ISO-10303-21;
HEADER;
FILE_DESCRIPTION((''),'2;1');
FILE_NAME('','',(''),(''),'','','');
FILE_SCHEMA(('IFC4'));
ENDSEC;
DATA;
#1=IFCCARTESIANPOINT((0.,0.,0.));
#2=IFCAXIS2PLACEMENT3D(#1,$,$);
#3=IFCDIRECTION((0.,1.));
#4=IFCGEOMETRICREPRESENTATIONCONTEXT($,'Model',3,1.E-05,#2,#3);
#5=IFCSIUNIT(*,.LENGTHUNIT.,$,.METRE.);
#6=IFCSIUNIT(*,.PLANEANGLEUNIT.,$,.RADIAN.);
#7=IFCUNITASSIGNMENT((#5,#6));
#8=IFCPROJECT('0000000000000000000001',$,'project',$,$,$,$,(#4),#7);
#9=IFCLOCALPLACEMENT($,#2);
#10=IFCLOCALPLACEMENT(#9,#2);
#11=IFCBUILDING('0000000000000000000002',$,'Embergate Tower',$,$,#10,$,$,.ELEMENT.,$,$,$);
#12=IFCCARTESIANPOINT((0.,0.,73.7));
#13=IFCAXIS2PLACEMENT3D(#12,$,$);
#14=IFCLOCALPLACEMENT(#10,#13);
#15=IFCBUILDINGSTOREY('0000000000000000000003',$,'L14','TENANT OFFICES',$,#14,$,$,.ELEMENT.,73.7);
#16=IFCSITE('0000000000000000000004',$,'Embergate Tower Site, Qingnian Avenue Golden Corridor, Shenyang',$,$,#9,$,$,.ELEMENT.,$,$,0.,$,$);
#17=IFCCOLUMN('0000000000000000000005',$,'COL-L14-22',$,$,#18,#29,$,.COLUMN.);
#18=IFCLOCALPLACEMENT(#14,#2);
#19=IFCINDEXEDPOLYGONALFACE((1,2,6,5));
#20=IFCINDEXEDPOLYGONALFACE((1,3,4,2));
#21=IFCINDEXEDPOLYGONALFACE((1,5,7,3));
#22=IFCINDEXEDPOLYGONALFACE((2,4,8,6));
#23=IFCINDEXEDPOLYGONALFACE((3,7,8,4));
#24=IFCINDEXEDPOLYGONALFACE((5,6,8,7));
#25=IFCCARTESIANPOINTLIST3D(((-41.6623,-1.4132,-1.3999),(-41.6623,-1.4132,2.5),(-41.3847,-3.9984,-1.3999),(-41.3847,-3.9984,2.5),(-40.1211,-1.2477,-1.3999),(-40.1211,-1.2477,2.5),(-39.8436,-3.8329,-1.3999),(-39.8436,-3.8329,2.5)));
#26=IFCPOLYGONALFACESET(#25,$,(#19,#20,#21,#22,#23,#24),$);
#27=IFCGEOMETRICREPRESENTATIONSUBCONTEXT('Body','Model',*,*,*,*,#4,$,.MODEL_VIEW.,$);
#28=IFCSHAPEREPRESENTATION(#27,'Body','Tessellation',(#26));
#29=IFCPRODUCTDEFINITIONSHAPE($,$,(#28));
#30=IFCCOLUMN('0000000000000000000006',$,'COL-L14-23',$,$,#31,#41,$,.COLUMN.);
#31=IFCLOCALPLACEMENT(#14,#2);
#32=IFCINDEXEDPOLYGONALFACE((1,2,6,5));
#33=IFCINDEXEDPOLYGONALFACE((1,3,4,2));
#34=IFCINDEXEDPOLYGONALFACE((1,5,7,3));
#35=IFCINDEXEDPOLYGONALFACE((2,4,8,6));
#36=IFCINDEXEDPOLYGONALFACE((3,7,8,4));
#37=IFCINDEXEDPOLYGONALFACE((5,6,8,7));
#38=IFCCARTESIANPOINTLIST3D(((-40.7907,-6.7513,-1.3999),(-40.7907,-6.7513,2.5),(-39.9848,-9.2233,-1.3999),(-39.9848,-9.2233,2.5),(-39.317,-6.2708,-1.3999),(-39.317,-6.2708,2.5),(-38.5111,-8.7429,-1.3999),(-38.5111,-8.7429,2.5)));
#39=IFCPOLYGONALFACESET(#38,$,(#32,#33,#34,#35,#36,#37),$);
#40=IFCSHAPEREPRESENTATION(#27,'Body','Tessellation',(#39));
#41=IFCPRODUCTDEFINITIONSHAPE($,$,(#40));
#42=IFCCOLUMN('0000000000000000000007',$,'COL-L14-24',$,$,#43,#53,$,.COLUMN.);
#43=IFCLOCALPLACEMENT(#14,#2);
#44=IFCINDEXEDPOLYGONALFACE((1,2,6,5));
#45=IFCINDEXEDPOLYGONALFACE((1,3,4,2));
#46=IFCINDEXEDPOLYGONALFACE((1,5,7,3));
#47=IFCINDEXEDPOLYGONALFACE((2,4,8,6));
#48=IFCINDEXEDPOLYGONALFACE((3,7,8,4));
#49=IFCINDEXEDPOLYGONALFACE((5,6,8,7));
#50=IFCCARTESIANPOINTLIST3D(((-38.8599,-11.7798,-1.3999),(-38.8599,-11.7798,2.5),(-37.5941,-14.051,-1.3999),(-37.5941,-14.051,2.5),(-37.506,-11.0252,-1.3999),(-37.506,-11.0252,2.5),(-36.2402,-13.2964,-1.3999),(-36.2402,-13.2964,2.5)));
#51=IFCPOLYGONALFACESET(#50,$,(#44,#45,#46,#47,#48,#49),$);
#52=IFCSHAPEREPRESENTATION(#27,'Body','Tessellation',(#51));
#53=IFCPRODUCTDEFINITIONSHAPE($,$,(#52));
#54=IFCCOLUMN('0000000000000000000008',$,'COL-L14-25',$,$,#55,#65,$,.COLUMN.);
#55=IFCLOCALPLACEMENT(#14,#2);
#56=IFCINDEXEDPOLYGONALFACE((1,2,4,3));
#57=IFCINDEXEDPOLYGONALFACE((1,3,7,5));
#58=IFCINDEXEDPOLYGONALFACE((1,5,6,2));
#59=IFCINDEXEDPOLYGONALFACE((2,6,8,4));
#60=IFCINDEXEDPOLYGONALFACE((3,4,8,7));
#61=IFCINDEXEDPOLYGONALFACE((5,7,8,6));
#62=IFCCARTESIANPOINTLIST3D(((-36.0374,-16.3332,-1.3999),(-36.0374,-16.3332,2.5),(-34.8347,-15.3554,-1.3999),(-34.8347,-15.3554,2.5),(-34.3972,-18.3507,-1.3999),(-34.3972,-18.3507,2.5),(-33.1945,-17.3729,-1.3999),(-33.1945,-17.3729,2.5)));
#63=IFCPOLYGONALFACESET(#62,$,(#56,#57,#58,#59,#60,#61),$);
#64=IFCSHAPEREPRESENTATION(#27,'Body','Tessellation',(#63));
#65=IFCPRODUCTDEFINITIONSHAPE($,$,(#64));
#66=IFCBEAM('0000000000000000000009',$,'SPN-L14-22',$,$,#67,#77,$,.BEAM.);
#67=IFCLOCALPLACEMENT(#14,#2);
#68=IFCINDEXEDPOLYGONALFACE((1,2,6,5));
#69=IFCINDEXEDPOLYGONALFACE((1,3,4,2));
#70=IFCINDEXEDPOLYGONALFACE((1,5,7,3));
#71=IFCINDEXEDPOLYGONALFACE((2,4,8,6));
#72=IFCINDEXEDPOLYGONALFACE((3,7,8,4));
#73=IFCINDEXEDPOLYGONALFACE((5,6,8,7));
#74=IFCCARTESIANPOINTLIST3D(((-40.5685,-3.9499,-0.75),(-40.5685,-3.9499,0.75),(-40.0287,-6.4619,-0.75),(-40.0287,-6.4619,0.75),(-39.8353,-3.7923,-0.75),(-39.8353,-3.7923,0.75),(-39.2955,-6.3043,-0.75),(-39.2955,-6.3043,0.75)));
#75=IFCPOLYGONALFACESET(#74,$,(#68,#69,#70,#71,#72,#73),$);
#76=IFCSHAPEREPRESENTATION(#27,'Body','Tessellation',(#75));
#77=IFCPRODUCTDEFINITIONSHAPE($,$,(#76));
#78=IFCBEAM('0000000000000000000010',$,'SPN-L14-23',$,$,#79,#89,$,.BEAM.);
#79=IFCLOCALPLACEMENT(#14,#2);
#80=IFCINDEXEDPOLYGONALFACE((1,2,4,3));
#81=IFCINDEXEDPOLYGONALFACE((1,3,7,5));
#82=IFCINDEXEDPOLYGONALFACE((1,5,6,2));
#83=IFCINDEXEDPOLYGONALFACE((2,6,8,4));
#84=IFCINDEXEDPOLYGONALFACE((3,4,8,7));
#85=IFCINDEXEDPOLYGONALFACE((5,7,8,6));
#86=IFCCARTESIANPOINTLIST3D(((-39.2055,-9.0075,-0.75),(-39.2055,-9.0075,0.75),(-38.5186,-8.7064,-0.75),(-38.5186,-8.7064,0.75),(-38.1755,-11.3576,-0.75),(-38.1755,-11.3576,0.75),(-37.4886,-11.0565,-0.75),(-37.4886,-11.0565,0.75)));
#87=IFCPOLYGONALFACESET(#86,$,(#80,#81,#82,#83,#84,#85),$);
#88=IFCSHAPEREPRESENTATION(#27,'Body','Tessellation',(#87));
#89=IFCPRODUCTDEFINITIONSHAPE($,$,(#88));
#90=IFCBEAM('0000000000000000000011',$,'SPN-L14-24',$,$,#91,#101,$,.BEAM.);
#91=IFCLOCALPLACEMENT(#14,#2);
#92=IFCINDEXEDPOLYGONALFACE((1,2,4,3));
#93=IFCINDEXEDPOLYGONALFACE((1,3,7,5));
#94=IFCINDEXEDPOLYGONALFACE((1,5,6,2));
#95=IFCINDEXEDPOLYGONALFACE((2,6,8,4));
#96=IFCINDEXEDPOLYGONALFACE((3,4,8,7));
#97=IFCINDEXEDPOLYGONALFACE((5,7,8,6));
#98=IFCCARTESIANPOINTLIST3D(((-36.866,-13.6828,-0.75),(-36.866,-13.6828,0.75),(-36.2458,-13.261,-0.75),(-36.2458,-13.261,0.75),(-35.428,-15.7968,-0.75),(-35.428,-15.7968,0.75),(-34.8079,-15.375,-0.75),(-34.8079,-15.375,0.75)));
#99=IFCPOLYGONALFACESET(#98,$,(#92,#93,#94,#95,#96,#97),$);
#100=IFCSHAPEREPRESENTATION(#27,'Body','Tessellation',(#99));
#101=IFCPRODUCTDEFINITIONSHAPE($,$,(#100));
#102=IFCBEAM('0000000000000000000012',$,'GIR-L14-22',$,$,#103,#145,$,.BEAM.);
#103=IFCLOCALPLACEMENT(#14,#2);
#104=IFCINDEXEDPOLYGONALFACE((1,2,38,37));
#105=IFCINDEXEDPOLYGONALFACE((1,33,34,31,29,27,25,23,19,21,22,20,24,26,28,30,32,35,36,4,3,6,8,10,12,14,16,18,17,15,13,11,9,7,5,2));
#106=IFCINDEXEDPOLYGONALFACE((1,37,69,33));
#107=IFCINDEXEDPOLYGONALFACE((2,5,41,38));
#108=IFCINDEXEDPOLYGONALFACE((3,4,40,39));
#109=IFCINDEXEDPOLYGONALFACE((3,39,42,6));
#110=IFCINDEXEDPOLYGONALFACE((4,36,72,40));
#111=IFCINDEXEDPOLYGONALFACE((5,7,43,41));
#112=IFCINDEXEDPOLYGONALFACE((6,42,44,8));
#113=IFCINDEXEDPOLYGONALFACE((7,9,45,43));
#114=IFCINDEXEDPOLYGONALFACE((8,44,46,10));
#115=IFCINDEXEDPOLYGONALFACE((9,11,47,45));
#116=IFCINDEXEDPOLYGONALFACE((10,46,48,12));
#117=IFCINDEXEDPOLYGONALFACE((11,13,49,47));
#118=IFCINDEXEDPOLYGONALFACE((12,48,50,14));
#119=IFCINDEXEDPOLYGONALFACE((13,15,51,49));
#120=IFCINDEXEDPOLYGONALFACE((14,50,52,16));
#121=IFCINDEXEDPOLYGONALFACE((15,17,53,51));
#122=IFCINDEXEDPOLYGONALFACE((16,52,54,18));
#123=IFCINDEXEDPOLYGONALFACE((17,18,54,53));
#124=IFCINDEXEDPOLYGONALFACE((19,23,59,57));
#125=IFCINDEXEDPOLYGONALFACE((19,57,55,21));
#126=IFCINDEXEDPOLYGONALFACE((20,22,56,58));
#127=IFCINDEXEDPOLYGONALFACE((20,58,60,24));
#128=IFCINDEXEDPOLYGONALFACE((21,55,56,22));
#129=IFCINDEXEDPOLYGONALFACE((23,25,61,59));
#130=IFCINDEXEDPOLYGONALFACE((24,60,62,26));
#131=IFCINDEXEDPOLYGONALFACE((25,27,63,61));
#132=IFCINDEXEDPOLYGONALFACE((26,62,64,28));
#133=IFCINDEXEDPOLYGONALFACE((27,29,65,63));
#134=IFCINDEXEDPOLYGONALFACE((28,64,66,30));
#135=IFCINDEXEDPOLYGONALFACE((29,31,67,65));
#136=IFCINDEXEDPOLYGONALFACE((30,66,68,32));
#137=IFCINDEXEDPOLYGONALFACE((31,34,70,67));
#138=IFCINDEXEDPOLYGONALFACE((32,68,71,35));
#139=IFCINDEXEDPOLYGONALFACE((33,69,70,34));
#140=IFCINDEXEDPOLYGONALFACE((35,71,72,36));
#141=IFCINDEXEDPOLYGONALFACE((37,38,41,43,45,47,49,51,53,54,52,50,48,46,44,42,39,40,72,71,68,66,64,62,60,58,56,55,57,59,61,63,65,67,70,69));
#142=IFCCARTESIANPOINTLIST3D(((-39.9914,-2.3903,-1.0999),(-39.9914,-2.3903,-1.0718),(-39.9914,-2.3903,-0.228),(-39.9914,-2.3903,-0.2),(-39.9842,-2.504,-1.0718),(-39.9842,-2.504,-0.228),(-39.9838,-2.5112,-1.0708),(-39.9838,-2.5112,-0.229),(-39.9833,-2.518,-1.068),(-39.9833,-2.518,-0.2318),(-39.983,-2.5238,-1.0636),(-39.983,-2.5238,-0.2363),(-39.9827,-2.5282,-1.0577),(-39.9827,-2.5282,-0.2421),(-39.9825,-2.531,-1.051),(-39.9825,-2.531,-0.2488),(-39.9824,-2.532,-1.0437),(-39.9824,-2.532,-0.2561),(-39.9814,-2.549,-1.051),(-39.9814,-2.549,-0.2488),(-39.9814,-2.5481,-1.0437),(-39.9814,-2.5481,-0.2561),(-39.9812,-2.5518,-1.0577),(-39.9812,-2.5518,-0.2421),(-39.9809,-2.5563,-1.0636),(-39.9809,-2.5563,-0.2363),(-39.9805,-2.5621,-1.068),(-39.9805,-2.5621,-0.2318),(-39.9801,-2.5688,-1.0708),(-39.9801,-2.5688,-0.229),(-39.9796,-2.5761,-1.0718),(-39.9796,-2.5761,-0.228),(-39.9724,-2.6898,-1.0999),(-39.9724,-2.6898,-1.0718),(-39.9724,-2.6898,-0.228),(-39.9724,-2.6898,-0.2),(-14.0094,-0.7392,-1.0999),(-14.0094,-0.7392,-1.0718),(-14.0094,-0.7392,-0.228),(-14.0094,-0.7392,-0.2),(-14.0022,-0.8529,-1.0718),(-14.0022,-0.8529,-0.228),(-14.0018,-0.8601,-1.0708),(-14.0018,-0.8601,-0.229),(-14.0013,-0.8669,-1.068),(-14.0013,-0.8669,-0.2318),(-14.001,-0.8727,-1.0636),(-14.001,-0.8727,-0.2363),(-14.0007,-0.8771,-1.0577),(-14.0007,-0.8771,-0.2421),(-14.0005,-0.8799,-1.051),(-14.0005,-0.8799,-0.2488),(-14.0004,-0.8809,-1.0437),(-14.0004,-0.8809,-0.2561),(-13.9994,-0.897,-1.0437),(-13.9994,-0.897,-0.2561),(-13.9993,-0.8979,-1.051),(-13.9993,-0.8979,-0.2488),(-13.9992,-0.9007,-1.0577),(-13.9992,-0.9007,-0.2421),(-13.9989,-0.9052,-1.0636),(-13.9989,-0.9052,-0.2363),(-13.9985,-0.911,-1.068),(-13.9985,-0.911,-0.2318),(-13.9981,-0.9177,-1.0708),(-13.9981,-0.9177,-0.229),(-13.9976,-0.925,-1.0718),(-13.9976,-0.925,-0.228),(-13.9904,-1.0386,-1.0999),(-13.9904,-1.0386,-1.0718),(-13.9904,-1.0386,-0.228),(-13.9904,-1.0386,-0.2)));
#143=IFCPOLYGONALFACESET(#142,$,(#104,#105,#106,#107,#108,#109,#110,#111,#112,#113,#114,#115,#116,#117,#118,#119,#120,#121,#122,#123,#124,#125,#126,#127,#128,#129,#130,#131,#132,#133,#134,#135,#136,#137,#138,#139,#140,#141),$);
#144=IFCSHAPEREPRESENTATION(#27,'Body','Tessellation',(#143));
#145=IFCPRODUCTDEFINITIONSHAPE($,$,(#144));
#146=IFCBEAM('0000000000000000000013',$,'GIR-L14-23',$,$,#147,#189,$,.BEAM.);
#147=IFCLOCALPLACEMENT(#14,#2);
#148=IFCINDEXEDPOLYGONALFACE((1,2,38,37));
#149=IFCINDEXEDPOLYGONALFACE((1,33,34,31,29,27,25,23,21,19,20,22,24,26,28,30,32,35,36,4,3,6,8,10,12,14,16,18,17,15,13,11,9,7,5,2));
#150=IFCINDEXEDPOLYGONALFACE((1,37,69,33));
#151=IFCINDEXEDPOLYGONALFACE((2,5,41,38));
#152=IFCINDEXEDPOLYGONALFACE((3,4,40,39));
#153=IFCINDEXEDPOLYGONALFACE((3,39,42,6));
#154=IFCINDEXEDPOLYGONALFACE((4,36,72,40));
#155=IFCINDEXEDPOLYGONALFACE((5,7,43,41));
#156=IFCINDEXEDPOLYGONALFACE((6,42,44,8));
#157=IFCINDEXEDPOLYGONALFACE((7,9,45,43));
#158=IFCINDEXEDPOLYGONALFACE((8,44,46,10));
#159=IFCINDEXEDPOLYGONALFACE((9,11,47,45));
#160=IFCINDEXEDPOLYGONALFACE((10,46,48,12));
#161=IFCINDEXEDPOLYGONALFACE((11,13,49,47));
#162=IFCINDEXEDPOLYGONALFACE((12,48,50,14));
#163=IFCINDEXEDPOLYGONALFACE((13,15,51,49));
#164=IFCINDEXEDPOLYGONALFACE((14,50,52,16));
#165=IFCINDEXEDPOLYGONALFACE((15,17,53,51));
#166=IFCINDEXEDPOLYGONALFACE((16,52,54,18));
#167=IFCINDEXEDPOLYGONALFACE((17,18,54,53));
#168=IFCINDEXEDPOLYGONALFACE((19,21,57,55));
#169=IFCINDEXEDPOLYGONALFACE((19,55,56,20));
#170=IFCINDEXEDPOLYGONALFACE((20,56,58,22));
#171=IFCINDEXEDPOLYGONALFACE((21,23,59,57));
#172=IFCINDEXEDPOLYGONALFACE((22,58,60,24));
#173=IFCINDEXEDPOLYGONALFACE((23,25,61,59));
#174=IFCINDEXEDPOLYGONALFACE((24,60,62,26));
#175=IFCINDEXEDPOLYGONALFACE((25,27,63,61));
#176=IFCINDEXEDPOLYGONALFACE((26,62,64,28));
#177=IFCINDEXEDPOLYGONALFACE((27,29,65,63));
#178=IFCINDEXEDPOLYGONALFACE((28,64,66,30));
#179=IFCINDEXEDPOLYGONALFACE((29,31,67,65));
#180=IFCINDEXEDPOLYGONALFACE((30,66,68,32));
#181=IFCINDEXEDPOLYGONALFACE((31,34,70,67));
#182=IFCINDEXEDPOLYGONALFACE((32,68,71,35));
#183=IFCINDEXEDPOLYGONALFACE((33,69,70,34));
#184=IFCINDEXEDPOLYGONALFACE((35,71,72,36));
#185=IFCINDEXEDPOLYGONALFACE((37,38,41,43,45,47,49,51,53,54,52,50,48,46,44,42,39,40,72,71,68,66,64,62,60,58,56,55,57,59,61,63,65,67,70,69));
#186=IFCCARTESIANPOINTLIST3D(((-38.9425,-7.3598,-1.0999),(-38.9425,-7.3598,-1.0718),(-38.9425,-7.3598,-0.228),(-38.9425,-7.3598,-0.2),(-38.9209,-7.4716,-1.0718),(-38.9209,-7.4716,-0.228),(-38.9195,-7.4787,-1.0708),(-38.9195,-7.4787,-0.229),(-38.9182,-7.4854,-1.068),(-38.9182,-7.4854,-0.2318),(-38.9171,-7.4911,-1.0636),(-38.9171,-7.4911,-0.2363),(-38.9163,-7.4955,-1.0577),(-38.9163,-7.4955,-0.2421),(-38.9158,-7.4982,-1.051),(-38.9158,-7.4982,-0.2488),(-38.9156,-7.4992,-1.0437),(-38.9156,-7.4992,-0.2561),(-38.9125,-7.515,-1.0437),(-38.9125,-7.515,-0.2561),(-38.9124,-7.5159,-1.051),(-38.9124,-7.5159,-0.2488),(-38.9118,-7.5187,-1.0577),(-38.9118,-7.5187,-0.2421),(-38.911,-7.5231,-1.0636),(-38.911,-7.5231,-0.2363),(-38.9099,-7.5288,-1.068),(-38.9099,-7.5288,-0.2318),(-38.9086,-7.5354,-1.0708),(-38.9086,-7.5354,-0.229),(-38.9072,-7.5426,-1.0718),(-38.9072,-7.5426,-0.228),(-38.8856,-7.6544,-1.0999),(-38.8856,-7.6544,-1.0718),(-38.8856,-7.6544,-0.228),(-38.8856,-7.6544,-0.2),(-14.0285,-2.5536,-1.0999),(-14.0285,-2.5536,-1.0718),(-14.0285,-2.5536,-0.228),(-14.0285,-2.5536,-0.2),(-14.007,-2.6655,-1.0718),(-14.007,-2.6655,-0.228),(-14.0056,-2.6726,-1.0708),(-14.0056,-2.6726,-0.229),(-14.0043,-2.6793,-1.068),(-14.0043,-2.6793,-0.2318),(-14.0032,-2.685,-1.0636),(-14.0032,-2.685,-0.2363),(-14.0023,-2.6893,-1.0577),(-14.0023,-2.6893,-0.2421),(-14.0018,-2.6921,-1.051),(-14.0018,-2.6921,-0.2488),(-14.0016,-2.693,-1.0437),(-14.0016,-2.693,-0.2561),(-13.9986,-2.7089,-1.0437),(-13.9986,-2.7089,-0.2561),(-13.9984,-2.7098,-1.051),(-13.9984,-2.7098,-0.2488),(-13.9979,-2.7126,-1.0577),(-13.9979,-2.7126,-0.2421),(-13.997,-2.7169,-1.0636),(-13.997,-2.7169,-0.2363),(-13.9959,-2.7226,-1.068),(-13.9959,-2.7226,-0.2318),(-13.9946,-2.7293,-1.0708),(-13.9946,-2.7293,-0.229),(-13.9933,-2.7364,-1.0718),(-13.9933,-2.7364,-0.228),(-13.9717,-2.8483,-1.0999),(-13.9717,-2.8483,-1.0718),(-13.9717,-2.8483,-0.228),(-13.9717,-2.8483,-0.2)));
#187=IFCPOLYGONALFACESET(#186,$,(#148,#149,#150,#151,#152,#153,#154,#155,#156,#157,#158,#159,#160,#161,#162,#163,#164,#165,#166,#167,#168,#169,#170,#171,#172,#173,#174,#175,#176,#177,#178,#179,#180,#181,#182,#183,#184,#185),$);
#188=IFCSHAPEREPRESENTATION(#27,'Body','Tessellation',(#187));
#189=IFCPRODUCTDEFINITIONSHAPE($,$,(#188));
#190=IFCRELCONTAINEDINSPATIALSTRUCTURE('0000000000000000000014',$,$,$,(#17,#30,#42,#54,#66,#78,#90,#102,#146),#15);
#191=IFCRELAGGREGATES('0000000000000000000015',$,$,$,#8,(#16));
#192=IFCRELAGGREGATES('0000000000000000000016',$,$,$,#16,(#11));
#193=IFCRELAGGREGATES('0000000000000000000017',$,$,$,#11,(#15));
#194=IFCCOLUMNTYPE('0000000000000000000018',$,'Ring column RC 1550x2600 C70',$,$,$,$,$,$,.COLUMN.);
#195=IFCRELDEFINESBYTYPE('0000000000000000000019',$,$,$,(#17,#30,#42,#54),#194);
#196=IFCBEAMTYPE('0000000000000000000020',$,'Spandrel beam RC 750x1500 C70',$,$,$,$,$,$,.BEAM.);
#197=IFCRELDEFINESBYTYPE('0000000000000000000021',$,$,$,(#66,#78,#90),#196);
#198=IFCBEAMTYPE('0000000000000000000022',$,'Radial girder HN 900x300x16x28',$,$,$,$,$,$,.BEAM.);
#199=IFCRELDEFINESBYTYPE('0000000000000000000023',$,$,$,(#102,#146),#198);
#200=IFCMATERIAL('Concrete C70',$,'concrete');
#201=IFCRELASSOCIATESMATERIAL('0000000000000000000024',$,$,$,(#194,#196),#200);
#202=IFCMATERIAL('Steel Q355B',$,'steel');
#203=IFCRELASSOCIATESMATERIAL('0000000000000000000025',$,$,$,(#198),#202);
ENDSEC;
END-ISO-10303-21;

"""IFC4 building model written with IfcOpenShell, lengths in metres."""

from ifc_helpers import new_model, si_unit, direction, frame, origin, origin_2d, place, context, subcontext, project, spatial, rectangle, i_section, extrude, source, transform, mapped, material, material_profile, profile_set, type_object, element, save


model = new_model("IFC4")

# Units and contexts
model_context = context("Model", 3, precision=1e-05, world=origin(), true_north=direction((0.0, 1.0)))
body_context = subcontext(model_context, "Body", "Model", "MODEL_VIEW")
ifc_project = project(units=[si_unit("LENGTHUNIT", "METRE"), si_unit("PLANEANGLEUNIT", "RADIAN")], contexts=[model_context])

# Site, building, storey
site_placement = place(None, origin())
site = spatial("IfcSite", under=ifc_project, at=site_placement, Name="Embergate Tower Site, Qingnian Avenue Golden Corridor, Shenyang", CompositionType="ELEMENT", RefElevation=0.0)
building_placement = place(site_placement, origin())
building = spatial("IfcBuilding", under=site, at=building_placement, Name="Embergate Tower", CompositionType="ELEMENT")
storey_placement = place(building_placement, frame((0.0, 0.0, 73.7)))
storey = spatial("IfcBuildingStorey", under=building, at=storey_placement, Name="L14", Description="TENANT OFFICES", CompositionType="ELEMENT", Elevation=73.7)

# Columns
ifc_material_1 = material(Name="Concrete C70", Category="concrete")
ifc_material_profile_1 = material_profile(ifc_material_1, rectangle(XDim=1.55, YDim=2.6001, at=origin_2d()), Name="RC 1550x2600")
ifc_profile_set_1 = profile_set([ifc_material_profile_1], Name="Concrete C70")
column_type = type_object("IfcColumnType", Name="Ring column RC 1550x2600 C70", PredefinedType="COLUMN", material=ifc_profile_set_1)
shared_shape_1 = source(origin(), body_context, "Body", "SweptSolid", [
    extrude(rectangle(XDim=1.55, YDim=2.6001, at=origin_2d()), origin(), (0.0, 0.0, 1.0), 3.8999),
])
for number, where, z_axis, x_axis, name in (
    (1, (-40.7529, -2.623, -1.3999), (0.0, 0.0, 1.0), (-0.994286, -0.10675, 0.0), "COL-L14-22"),
    (2, (-39.6509, -7.7471, -1.3999), (0.0, 0.0, 1.0), (-0.950754, -0.309946, 0.0), "COL-L14-23"),
    (3, (-37.55, -12.5381, -1.3999), (0.0, 0.0, 1.0), (-0.8735, -0.486823, 0.0), "COL-L14-24"),
    (4, (-34.616, -16.853, -1.3999), (0.0, 0.0, 1.0), (-0.775925, -0.630825, 0.0), "COL-L14-25"),
):
    element("IfcColumn", number, at=place(storey_placement, frame(where, z_axis=z_axis, x_axis=x_axis)), inside=storey, type_object=column_type, Name=name, PredefinedType="COLUMN", context=body_context, shape_type="MappedRepresentation", body=[
        mapped(shared_shape_1, transform((0.0, 0.0, 0.0))),
    ])

# Beams
ifc_material_profile_2 = material_profile(ifc_material_1, rectangle(XDim=0.75, YDim=1.5, at=origin_2d()), Name="RC 750x1500")
ifc_profile_set_2 = profile_set([ifc_material_profile_2], Name="Concrete C70")
beam_type_1 = type_object("IfcBeamType", Name="Spandrel beam RC 750x1500 C70", PredefinedType="BEAM", material=ifc_profile_set_2)
shared_shape_2 = source(origin(), body_context, "Body", "SweptSolid", [
    extrude(rectangle(XDim=0.75, YDim=1.5, at=origin_2d()), origin(), (0.0, 0.0, 1.0), 2.5693),
])
beam_1_placement = place(storey_placement, frame((-40.2019, -3.8711, 0.0), z_axis=(0.210094, -0.977681, 0.0), x_axis=(0.977681, 0.210094, 0.0)))
element("IfcBeam", 5, at=beam_1_placement, inside=storey, type_object=beam_type_1, Name="SPN-L14-22", PredefinedType="BEAM", context=body_context, shape_type="MappedRepresentation", body=[
    mapped(shared_shape_2, transform((0.0, 0.0, 0.0))),
])
shared_shape_3 = source(origin(), body_context, "Body", "SweptSolid", [
    extrude(rectangle(XDim=0.75, YDim=1.5, at=origin_2d()), origin(), (0.0, 0.0, 1.0), 2.5659),
])
beam_2_placement = place(storey_placement, frame((-38.8621, -8.8569, 0.0), z_axis=(0.401428, -0.915891, 0.0), x_axis=(0.915891, 0.401428, 0.0)))
element("IfcBeam", 6, at=beam_2_placement, inside=storey, type_object=beam_type_1, Name="SPN-L14-23", PredefinedType="BEAM", context=body_context, shape_type="MappedRepresentation", body=[
    mapped(shared_shape_3, transform((0.0, 0.0, 0.0))),
])
shared_shape_4 = source(origin(), body_context, "Body", "SweptSolid", [
    extrude(rectangle(XDim=0.75, YDim=1.5, at=origin_2d()), origin(), (0.0, 0.0, 1.0), 2.5566),
])
beam_3_placement = place(storey_placement, frame((-36.5559, -13.4719, 0.0), z_axis=(0.562433, -0.826843, 0.0), x_axis=(0.826843, 0.562433, 0.0)))
element("IfcBeam", 7, at=beam_3_placement, inside=storey, type_object=beam_type_1, Name="SPN-L14-24", PredefinedType="BEAM", context=body_context, shape_type="MappedRepresentation", body=[
    mapped(shared_shape_4, transform((0.0, 0.0, 0.0))),
])
ifc_material_2 = material(Name="Steel Q355B", Category="steel")
ifc_material_profile_3 = material_profile(ifc_material_2, i_section(OverallWidth=0.3, OverallDepth=0.8999, WebThickness=0.0161, FlangeThickness=0.0281, FilletRadius=0.0281, at=origin_2d()), Name="HN 900x300x16x28")
ifc_profile_set_3 = profile_set([ifc_material_profile_3], Name="Steel Q355 grade B")
beam_type_2 = type_object("IfcBeamType", Name="Radial girder HN 900x300x16x28", PredefinedType="BEAM", material=ifc_profile_set_3)
shared_shape_5 = source(origin(), body_context, "Body", "SweptSolid", [
    extrude(i_section(OverallWidth=0.3, OverallDepth=0.8999, WebThickness=0.0161, FlangeThickness=0.0281, FilletRadius=0.0281, at=origin_2d()), origin(), (0.0, 0.0, 1.0), 26.0344),
])
beam_4_placement = place(storey_placement, frame((-39.9819, -2.54, -0.6499), z_axis=(0.997987, 0.063421, 0.0), x_axis=(-0.063421, 0.997987, 0.0)))
element("IfcBeam", 8, at=beam_4_placement, inside=storey, type_object=beam_type_2, Name="GIR-L14-22", PredefinedType="BEAM", context=body_context, shape_type="MappedRepresentation", body=[
    mapped(shared_shape_5, transform((0.0, 0.0, 0.0))),
])
shared_shape_6 = source(origin(), body_context, "Body", "SweptSolid", [
    extrude(i_section(OverallWidth=0.3, OverallDepth=0.8999, WebThickness=0.0161, FlangeThickness=0.0281, FilletRadius=0.0281, at=origin_2d()), origin(), (0.0, 0.0, 1.0), 25.3733),
])
beam_5_placement = place(storey_placement, frame((-38.9141, -7.5071, -0.6499), z_axis=(0.981897, 0.189417, 0.0), x_axis=(-0.189417, 0.981897, 0.0)))
element("IfcBeam", 9, at=beam_5_placement, inside=storey, type_object=beam_type_2, Name="GIR-L14-23", PredefinedType="BEAM", context=body_context, shape_type="MappedRepresentation", body=[
    mapped(shared_shape_6, transform((0.0, 0.0, 0.0))),
])

save(model, "model.ifc")
